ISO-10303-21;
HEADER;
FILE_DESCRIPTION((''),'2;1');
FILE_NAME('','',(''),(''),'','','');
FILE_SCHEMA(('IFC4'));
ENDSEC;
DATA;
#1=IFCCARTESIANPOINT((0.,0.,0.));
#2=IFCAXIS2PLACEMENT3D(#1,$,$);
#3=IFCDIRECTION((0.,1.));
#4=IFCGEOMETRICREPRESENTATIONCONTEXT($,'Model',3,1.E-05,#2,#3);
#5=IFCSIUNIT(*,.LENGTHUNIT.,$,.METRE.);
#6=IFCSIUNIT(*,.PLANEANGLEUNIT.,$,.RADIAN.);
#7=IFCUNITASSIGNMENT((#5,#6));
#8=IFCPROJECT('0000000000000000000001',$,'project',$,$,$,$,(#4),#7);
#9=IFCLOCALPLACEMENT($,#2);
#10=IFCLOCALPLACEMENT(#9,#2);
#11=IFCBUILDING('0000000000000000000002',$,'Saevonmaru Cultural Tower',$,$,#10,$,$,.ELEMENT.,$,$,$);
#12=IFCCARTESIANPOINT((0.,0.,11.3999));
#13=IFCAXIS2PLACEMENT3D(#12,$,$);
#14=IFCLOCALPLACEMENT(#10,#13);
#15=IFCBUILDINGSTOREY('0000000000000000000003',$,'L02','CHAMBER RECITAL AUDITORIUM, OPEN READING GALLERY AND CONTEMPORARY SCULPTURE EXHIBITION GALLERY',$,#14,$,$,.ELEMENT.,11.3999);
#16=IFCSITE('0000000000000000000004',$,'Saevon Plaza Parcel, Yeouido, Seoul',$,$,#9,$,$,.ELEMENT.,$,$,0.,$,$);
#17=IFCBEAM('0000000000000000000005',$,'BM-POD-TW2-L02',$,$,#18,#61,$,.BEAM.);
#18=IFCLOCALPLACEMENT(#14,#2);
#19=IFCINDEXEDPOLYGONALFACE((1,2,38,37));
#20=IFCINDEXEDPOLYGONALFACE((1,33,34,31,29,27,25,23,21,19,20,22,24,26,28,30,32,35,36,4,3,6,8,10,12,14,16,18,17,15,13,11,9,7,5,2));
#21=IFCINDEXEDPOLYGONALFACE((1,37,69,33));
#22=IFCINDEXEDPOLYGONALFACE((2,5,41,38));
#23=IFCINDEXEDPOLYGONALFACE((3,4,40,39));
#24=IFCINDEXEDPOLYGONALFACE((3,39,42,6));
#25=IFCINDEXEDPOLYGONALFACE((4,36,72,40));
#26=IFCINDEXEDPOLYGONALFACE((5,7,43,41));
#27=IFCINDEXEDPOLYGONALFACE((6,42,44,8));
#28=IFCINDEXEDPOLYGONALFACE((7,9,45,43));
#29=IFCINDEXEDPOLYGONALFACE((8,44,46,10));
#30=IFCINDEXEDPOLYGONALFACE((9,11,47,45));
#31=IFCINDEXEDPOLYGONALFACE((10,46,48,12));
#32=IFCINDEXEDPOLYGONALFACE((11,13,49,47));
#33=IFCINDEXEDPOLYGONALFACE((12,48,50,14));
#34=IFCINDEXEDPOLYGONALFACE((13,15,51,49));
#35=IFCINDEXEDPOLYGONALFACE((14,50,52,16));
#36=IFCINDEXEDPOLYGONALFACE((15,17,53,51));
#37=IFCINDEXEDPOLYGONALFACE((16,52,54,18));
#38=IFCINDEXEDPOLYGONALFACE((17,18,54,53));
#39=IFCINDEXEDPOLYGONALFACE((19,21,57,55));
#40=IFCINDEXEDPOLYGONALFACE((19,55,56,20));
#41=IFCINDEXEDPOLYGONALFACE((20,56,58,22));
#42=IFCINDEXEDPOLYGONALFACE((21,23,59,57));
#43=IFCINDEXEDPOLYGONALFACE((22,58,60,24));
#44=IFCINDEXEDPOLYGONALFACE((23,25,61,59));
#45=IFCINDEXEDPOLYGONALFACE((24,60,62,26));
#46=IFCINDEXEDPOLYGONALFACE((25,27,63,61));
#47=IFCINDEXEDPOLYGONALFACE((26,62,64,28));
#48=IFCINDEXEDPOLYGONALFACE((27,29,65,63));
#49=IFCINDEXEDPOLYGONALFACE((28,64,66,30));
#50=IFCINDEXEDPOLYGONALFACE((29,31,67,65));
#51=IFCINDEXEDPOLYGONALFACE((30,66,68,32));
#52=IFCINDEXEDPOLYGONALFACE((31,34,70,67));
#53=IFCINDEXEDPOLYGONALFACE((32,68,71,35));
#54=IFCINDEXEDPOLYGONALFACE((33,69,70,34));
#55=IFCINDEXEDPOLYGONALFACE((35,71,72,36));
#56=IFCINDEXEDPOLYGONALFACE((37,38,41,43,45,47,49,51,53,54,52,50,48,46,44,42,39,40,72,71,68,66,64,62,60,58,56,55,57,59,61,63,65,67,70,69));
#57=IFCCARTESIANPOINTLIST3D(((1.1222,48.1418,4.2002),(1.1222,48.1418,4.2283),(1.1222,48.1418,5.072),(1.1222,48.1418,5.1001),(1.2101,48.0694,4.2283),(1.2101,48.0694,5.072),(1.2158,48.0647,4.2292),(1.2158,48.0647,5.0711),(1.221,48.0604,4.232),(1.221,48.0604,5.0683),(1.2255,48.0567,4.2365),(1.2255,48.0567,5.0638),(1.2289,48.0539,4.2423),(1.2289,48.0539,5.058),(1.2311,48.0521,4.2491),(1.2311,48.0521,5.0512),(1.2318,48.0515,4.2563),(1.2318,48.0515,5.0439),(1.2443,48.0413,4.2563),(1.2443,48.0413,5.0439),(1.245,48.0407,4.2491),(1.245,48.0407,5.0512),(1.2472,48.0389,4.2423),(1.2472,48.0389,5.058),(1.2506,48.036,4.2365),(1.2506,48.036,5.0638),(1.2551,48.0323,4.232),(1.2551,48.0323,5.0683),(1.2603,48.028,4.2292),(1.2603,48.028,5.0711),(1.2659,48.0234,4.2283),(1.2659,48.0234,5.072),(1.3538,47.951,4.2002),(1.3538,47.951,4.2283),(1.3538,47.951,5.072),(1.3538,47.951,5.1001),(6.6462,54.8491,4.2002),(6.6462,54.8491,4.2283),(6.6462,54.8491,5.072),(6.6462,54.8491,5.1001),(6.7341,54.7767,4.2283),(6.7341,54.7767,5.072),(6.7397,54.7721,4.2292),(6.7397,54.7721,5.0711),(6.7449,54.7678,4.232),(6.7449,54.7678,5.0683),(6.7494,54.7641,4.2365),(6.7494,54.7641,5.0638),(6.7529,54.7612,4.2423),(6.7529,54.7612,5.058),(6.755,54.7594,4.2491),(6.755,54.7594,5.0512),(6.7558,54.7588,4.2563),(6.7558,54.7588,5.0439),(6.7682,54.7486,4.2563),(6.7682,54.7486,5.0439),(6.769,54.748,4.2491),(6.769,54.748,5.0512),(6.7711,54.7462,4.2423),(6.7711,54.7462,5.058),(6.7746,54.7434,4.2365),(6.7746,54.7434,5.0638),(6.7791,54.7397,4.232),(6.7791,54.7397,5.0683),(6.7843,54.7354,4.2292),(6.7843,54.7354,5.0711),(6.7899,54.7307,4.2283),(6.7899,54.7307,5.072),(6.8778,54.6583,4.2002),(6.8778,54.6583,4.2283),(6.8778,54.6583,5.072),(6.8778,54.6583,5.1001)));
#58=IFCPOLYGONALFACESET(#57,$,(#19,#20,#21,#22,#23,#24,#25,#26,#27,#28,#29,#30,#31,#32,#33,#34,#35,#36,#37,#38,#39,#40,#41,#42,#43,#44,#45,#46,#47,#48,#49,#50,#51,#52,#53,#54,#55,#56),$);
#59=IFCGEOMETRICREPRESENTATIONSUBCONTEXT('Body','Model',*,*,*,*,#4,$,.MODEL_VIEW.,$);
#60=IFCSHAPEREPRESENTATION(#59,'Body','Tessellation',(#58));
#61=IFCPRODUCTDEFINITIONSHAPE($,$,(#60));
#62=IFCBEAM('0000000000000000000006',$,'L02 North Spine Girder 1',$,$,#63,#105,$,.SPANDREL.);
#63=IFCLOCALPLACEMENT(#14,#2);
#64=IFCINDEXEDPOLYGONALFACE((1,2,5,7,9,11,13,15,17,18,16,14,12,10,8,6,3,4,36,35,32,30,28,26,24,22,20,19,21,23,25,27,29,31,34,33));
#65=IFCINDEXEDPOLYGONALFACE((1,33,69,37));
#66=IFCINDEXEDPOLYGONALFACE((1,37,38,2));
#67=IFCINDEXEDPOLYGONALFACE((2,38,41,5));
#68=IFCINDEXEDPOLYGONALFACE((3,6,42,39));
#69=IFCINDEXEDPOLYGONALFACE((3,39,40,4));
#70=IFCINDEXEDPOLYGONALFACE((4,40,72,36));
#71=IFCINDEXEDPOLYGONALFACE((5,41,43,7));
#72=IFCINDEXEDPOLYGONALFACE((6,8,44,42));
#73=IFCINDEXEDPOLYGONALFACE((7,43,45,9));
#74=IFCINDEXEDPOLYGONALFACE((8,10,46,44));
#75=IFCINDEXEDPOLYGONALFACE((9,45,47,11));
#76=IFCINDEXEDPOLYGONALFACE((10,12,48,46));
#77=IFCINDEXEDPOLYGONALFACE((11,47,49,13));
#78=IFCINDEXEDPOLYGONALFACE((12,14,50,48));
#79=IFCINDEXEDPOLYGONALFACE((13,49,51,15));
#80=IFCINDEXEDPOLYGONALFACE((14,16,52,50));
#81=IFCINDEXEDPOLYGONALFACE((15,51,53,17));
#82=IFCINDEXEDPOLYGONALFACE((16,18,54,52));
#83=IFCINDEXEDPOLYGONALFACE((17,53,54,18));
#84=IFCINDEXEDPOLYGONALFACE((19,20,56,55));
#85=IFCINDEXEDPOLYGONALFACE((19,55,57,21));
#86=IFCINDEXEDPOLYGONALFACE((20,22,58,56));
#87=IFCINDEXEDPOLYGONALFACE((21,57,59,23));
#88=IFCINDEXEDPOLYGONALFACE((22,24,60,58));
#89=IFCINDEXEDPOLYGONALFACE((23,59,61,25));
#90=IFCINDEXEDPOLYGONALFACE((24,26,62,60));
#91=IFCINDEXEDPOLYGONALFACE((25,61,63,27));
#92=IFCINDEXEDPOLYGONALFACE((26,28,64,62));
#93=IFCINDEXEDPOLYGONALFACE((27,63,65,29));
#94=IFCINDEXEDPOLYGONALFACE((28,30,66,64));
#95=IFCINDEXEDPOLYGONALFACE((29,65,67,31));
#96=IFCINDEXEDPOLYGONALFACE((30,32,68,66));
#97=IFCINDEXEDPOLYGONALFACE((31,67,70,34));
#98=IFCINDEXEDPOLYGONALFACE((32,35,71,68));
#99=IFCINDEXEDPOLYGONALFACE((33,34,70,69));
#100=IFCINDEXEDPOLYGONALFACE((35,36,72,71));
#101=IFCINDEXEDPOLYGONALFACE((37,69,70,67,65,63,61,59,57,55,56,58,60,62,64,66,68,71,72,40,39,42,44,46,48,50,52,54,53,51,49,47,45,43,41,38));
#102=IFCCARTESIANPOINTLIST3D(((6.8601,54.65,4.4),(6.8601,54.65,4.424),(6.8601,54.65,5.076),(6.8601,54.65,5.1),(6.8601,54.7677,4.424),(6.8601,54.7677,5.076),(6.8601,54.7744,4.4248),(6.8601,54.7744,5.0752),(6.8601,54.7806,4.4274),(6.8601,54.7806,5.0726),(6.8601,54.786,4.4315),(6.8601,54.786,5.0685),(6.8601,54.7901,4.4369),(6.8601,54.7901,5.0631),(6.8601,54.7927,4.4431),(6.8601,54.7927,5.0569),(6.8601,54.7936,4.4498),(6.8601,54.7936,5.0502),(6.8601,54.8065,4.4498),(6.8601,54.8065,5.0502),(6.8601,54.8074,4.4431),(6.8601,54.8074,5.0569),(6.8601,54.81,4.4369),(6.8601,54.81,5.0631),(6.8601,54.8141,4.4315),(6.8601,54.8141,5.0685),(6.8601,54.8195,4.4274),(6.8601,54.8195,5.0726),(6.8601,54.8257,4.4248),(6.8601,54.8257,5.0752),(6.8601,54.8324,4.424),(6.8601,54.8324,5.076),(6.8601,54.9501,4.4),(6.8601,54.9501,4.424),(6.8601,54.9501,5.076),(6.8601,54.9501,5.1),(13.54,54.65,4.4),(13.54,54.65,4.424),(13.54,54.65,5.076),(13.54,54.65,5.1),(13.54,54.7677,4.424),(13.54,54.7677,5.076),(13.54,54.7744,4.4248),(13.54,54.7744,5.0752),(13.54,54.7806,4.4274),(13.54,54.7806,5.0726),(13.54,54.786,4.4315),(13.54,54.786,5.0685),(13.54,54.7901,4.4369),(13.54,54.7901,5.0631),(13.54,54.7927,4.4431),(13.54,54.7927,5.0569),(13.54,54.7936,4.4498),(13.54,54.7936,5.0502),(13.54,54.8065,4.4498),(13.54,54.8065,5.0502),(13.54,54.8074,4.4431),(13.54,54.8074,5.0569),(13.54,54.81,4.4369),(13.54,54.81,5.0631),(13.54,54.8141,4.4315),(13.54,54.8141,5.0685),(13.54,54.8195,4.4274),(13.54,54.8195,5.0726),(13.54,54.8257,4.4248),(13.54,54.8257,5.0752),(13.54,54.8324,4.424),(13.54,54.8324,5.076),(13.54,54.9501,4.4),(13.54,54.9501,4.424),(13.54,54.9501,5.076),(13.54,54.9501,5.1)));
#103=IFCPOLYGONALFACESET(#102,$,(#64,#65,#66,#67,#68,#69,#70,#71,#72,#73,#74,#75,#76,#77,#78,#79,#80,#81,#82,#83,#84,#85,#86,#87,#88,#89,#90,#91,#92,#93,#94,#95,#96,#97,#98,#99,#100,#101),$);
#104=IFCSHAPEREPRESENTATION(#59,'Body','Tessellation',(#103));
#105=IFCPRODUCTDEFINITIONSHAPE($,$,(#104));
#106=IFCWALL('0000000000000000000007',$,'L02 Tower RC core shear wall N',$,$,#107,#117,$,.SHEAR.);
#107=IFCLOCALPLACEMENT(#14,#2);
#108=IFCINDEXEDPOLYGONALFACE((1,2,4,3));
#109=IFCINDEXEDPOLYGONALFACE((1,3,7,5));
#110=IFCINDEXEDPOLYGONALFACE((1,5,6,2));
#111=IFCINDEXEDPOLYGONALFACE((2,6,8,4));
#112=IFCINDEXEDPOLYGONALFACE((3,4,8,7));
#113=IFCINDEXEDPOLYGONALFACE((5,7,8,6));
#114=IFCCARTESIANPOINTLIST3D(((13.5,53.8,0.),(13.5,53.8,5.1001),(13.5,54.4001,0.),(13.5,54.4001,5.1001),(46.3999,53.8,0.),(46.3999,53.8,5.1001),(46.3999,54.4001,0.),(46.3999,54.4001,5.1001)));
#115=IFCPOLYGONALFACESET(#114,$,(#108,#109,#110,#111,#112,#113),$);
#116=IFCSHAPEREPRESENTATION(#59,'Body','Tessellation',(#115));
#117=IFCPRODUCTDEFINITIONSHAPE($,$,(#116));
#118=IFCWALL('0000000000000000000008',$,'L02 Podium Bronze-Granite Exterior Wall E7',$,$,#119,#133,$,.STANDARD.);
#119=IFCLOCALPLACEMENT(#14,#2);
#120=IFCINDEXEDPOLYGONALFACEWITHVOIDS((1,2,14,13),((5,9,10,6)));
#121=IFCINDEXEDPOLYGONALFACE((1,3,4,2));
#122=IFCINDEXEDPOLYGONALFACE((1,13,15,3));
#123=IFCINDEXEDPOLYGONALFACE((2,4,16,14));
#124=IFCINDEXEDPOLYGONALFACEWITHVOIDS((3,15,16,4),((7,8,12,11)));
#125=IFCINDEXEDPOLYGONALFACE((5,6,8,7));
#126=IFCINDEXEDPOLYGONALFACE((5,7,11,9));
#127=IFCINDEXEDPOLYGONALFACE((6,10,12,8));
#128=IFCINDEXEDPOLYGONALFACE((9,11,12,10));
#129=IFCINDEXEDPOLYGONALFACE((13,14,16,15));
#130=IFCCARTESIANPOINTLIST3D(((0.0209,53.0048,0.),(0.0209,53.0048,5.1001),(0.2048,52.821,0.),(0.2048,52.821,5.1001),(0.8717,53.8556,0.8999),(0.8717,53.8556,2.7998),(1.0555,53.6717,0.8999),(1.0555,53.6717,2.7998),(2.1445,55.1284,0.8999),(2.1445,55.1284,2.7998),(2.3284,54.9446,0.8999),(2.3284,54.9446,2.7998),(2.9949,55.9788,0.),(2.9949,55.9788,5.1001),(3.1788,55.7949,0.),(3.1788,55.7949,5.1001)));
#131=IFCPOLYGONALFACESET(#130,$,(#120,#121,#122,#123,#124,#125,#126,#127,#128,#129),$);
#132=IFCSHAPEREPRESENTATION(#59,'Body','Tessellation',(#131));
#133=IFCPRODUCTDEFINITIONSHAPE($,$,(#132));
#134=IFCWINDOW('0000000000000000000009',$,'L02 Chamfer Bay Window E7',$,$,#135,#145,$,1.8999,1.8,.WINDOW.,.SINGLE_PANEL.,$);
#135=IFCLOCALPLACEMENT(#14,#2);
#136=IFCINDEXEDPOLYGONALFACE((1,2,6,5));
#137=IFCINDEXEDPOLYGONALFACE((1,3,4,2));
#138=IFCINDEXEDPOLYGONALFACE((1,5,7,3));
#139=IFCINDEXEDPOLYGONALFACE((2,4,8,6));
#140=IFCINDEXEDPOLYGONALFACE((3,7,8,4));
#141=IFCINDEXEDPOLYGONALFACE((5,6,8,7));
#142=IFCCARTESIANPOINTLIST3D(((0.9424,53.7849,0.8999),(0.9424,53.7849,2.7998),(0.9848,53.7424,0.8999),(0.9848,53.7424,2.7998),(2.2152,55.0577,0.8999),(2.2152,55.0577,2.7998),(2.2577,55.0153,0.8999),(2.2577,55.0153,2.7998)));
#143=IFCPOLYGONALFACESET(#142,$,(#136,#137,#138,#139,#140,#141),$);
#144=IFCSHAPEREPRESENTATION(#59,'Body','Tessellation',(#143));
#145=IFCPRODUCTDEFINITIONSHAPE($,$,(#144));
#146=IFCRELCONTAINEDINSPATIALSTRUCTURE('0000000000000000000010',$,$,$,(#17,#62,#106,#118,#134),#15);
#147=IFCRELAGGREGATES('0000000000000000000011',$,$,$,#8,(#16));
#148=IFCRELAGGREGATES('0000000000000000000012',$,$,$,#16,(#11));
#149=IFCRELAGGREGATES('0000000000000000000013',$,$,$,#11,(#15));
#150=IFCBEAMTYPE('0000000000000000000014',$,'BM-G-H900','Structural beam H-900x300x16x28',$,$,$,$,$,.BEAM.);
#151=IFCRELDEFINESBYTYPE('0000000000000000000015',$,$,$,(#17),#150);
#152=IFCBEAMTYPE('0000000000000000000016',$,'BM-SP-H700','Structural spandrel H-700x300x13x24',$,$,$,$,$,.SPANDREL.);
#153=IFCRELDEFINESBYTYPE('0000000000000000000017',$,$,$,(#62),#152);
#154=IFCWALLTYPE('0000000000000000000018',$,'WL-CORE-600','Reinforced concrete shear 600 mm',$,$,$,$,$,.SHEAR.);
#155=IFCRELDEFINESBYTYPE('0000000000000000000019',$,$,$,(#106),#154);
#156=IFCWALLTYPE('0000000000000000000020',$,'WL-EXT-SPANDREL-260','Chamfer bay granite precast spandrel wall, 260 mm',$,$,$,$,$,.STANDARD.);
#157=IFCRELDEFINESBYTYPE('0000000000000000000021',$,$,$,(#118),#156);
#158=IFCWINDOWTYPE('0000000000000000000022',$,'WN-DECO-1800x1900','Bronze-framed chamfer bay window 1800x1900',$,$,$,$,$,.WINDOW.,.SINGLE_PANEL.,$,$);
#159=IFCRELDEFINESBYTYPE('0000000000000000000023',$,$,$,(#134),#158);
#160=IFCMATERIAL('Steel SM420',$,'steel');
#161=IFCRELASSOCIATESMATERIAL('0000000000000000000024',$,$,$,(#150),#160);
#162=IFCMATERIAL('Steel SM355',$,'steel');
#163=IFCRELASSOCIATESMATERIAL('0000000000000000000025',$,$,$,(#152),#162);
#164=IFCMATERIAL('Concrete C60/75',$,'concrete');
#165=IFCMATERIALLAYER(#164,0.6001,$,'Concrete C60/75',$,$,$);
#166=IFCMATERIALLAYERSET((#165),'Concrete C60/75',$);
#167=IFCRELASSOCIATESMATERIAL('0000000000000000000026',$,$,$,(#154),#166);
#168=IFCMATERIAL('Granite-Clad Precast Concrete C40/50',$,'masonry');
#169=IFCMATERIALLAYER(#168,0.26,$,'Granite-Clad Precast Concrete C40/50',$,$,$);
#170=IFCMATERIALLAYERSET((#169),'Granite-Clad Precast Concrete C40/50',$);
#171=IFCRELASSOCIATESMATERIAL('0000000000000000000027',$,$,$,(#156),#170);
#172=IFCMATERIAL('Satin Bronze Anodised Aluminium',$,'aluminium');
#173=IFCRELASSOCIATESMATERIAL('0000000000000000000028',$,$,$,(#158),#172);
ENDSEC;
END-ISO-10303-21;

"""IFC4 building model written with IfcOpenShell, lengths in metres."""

from ifc_helpers import new_model, si_unit, direction, frame, frame_2d, origin, origin_2d, place, context, subcontext, project, spatial, rectangle, i_section, extrude, material, layer, layer_set, material_profile, profile_set, type_object, element, fill, save


model = new_model("IFC4")

# Units and contexts
model_context = context("Model", 3, precision=1e-05, world=origin(), true_north=direction((0.0, 1.0)))
body_context = subcontext(model_context, "Body", "Model", "MODEL_VIEW")
ifc_project = project(units=[si_unit("LENGTHUNIT", "METRE"), si_unit("PLANEANGLEUNIT", "RADIAN")], contexts=[model_context])

# Site, building, storey
site_placement = place(None, origin())
site = spatial("IfcSite", under=ifc_project, at=site_placement, Name="Saevon Plaza Parcel, Yeouido, Seoul", CompositionType="ELEMENT", RefElevation=0.0)
building_placement = place(site_placement, origin())
building = spatial("IfcBuilding", under=site, at=building_placement, Name="Saevonmaru Cultural Tower", CompositionType="ELEMENT")
storey_placement = place(building_placement, frame((0.0, 0.0, 11.3999)))
storey = spatial("IfcBuildingStorey", under=building, at=storey_placement, Name="L02", Description="CHAMBER RECITAL AUDITORIUM, OPEN READING GALLERY AND CONTEMPORARY SCULPTURE EXHIBITION GALLERY", CompositionType="ELEMENT", Elevation=11.3999)

# Shared definitions
ifc_material_1 = material(Name="Steel SM420", Category="steel")
ifc_material_2 = material(Name="Steel SM355", Category="steel")

# Beams
ifc_material_profile_1 = material_profile(ifc_material_1, i_section(OverallWidth=0.3, OverallDepth=0.8999, WebThickness=0.0161, FlangeThickness=0.0281, FilletRadius=0.0281, at=origin_2d()), Name="H-900x300x16x28")
ifc_profile_set_1 = profile_set([ifc_material_profile_1], Name="Steel SM420")
beam_type_1 = type_object("IfcBeamType", Name="BM-G-H900", Description="Structural beam H-900x300x16x28", PredefinedType="BEAM", material=ifc_profile_set_1)
beam_1_placement = place(storey_placement, frame((1.238, 48.0464, 4.6501), z_axis=(0.635727, 0.771914, 0.0), x_axis=(-0.771914, 0.635727, 0.0)))
element("IfcBeam", 1, at=beam_1_placement, inside=storey, type_object=beam_type_1, Name="BM-POD-TW2-L02", PredefinedType="BEAM", context=body_context, shape_type="SweptSolid", body=[
    extrude(i_section(OverallWidth=0.3, OverallDepth=0.8999, WebThickness=0.0161, FlangeThickness=0.0281, FilletRadius=0.0281, at=origin_2d()), origin(), (0.0, 0.0, 1.0), 8.6892),
])
ifc_material_profile_2 = material_profile(ifc_material_2, i_section(OverallWidth=0.3, OverallDepth=0.7, WebThickness=0.0129, FlangeThickness=0.0239, FilletRadius=0.0259, at=origin_2d()), Name="H-700x300x13x24")
ifc_profile_set_2 = profile_set([ifc_material_profile_2], Name="Steel SM355")
beam_type_2 = type_object("IfcBeamType", Name="BM-SP-H700", Description="Structural spandrel H-700x300x13x24", PredefinedType="SPANDREL", material=ifc_profile_set_2)
beam_2_placement = place(storey_placement, frame((6.8601, 54.8, 4.75), z_axis=(1.0, 0.0, 0.0), x_axis=(0.0, 1.0, 0.0)))
element("IfcBeam", 2, at=beam_2_placement, inside=storey, type_object=beam_type_2, Name="L02 North Spine Girder 1", PredefinedType="SPANDREL", context=body_context, shape_type="SweptSolid", body=[
    extrude(i_section(OverallWidth=0.3, OverallDepth=0.7, WebThickness=0.0129, FlangeThickness=0.0239, FilletRadius=0.0259, at=origin_2d()), origin(), (0.0, 0.0, 1.0), 6.6799),
])

# Wall
ifc_material_3 = material(Name="Concrete C60/75", Category="concrete")
ifc_layer_1 = layer(ifc_material_3, 0.6001, Name="Concrete C60/75")
ifc_layer_set_1 = layer_set([ifc_layer_1], Name="Concrete C60/75")
wall_type_1 = type_object("IfcWallType", Name="WL-CORE-600", Description="Reinforced concrete shear 600 mm", PredefinedType="SHEAR", material=ifc_layer_set_1)
wall_1_placement = place(storey_placement, frame((13.5, 54.1001, 0.0), z_axis=(0.0, 0.0, 1.0), x_axis=(1.0, 0.0, 0.0)))
element("IfcWall", 3, at=wall_1_placement, inside=storey, type_object=wall_type_1, Name="L02 Tower RC core shear wall N", PredefinedType="SHEAR", context=body_context, shape_type="SweptSolid", body=[
    extrude(rectangle(XDim=32.8999, YDim=0.6001, at=frame_2d((16.45, 0.0))), origin(), (0.0, 0.0, 1.0), 5.1001),
])

# Wall, opening, window
ifc_material_4 = material(Name="Granite-Clad Precast Concrete C40/50", Category="masonry")
ifc_layer_2 = layer(ifc_material_4, 0.26, Name="Granite-Clad Precast Concrete C40/50")
ifc_layer_set_2 = layer_set([ifc_layer_2], Name="Granite-Clad Precast Concrete C40/50")
wall_type_2 = type_object("IfcWallType", Name="WL-EXT-SPANDREL-260", Description="Chamfer bay granite precast spandrel wall, 260 mm", PredefinedType="STANDARD", material=ifc_layer_set_2)
wall_2_placement = place(storey_placement, frame((3.0869, 55.887, 0.0), z_axis=(0.0, 0.0, 1.0), x_axis=(-0.707107, -0.707107, 0.0)))
wall_2 = element("IfcWall", 4, at=wall_2_placement, inside=storey, type_object=wall_type_2, Name="L02 Podium Bronze-Granite Exterior Wall E7", PredefinedType="STANDARD", context=body_context, shape_type="SweptSolid", body=[
    extrude(rectangle(XDim=4.2058, YDim=0.26, at=frame_2d((2.103, 0.0))), origin(), (0.0, 0.0, 1.0), 5.1001),
])
opening_1_placement = place(wall_2_placement, frame((1.2029, 0.0, 0.8999)))
opening_1 = element("IfcOpeningElement", 5, at=opening_1_placement, cuts=wall_2, PredefinedType="OPENING", context=body_context, shape_type="SweptSolid", body=[
    extrude(rectangle(XDim=1.8, YDim=1.8999, at=frame_2d((0.8999, 0.95))), frame((0.0, 0.1401, 0.0), z_axis=(0.0, -1.0, 0.0), x_axis=(1.0, 0.0, 0.0)), (0.0, 0.0, 1.0), 0.28),
])
ifc_material_5 = material(Name="Satin Bronze Anodised Aluminium", Category="aluminium")
window_type_1 = type_object("IfcWindowType", Name="WN-DECO-1800x1900", Description="Bronze-framed chamfer bay window 1800x1900", PartitioningType="SINGLE_PANEL", PredefinedType="WINDOW", material=ifc_material_5)
window_1_placement = place(opening_1_placement, origin())
window_1 = element("IfcWindow", 6, at=window_1_placement, inside=storey, type_object=window_type_1, Name="L02 Chamfer Bay Window E7", OverallHeight=1.8999, OverallWidth=1.8, PartitioningType="SINGLE_PANEL", PredefinedType="WINDOW", context=body_context, shape_type="SweptSolid", body=[
    extrude(rectangle(XDim=1.8, YDim=1.8999, at=frame_2d((0.8999, 0.95))), frame((0.0, 0.03, 0.0), z_axis=(0.0, -1.0, 0.0), x_axis=(1.0, 0.0, 0.0)), (0.0, 0.0, 1.0), 0.0601),
])
fill(opening_1, window_1)

save(model, "model.ifc")
